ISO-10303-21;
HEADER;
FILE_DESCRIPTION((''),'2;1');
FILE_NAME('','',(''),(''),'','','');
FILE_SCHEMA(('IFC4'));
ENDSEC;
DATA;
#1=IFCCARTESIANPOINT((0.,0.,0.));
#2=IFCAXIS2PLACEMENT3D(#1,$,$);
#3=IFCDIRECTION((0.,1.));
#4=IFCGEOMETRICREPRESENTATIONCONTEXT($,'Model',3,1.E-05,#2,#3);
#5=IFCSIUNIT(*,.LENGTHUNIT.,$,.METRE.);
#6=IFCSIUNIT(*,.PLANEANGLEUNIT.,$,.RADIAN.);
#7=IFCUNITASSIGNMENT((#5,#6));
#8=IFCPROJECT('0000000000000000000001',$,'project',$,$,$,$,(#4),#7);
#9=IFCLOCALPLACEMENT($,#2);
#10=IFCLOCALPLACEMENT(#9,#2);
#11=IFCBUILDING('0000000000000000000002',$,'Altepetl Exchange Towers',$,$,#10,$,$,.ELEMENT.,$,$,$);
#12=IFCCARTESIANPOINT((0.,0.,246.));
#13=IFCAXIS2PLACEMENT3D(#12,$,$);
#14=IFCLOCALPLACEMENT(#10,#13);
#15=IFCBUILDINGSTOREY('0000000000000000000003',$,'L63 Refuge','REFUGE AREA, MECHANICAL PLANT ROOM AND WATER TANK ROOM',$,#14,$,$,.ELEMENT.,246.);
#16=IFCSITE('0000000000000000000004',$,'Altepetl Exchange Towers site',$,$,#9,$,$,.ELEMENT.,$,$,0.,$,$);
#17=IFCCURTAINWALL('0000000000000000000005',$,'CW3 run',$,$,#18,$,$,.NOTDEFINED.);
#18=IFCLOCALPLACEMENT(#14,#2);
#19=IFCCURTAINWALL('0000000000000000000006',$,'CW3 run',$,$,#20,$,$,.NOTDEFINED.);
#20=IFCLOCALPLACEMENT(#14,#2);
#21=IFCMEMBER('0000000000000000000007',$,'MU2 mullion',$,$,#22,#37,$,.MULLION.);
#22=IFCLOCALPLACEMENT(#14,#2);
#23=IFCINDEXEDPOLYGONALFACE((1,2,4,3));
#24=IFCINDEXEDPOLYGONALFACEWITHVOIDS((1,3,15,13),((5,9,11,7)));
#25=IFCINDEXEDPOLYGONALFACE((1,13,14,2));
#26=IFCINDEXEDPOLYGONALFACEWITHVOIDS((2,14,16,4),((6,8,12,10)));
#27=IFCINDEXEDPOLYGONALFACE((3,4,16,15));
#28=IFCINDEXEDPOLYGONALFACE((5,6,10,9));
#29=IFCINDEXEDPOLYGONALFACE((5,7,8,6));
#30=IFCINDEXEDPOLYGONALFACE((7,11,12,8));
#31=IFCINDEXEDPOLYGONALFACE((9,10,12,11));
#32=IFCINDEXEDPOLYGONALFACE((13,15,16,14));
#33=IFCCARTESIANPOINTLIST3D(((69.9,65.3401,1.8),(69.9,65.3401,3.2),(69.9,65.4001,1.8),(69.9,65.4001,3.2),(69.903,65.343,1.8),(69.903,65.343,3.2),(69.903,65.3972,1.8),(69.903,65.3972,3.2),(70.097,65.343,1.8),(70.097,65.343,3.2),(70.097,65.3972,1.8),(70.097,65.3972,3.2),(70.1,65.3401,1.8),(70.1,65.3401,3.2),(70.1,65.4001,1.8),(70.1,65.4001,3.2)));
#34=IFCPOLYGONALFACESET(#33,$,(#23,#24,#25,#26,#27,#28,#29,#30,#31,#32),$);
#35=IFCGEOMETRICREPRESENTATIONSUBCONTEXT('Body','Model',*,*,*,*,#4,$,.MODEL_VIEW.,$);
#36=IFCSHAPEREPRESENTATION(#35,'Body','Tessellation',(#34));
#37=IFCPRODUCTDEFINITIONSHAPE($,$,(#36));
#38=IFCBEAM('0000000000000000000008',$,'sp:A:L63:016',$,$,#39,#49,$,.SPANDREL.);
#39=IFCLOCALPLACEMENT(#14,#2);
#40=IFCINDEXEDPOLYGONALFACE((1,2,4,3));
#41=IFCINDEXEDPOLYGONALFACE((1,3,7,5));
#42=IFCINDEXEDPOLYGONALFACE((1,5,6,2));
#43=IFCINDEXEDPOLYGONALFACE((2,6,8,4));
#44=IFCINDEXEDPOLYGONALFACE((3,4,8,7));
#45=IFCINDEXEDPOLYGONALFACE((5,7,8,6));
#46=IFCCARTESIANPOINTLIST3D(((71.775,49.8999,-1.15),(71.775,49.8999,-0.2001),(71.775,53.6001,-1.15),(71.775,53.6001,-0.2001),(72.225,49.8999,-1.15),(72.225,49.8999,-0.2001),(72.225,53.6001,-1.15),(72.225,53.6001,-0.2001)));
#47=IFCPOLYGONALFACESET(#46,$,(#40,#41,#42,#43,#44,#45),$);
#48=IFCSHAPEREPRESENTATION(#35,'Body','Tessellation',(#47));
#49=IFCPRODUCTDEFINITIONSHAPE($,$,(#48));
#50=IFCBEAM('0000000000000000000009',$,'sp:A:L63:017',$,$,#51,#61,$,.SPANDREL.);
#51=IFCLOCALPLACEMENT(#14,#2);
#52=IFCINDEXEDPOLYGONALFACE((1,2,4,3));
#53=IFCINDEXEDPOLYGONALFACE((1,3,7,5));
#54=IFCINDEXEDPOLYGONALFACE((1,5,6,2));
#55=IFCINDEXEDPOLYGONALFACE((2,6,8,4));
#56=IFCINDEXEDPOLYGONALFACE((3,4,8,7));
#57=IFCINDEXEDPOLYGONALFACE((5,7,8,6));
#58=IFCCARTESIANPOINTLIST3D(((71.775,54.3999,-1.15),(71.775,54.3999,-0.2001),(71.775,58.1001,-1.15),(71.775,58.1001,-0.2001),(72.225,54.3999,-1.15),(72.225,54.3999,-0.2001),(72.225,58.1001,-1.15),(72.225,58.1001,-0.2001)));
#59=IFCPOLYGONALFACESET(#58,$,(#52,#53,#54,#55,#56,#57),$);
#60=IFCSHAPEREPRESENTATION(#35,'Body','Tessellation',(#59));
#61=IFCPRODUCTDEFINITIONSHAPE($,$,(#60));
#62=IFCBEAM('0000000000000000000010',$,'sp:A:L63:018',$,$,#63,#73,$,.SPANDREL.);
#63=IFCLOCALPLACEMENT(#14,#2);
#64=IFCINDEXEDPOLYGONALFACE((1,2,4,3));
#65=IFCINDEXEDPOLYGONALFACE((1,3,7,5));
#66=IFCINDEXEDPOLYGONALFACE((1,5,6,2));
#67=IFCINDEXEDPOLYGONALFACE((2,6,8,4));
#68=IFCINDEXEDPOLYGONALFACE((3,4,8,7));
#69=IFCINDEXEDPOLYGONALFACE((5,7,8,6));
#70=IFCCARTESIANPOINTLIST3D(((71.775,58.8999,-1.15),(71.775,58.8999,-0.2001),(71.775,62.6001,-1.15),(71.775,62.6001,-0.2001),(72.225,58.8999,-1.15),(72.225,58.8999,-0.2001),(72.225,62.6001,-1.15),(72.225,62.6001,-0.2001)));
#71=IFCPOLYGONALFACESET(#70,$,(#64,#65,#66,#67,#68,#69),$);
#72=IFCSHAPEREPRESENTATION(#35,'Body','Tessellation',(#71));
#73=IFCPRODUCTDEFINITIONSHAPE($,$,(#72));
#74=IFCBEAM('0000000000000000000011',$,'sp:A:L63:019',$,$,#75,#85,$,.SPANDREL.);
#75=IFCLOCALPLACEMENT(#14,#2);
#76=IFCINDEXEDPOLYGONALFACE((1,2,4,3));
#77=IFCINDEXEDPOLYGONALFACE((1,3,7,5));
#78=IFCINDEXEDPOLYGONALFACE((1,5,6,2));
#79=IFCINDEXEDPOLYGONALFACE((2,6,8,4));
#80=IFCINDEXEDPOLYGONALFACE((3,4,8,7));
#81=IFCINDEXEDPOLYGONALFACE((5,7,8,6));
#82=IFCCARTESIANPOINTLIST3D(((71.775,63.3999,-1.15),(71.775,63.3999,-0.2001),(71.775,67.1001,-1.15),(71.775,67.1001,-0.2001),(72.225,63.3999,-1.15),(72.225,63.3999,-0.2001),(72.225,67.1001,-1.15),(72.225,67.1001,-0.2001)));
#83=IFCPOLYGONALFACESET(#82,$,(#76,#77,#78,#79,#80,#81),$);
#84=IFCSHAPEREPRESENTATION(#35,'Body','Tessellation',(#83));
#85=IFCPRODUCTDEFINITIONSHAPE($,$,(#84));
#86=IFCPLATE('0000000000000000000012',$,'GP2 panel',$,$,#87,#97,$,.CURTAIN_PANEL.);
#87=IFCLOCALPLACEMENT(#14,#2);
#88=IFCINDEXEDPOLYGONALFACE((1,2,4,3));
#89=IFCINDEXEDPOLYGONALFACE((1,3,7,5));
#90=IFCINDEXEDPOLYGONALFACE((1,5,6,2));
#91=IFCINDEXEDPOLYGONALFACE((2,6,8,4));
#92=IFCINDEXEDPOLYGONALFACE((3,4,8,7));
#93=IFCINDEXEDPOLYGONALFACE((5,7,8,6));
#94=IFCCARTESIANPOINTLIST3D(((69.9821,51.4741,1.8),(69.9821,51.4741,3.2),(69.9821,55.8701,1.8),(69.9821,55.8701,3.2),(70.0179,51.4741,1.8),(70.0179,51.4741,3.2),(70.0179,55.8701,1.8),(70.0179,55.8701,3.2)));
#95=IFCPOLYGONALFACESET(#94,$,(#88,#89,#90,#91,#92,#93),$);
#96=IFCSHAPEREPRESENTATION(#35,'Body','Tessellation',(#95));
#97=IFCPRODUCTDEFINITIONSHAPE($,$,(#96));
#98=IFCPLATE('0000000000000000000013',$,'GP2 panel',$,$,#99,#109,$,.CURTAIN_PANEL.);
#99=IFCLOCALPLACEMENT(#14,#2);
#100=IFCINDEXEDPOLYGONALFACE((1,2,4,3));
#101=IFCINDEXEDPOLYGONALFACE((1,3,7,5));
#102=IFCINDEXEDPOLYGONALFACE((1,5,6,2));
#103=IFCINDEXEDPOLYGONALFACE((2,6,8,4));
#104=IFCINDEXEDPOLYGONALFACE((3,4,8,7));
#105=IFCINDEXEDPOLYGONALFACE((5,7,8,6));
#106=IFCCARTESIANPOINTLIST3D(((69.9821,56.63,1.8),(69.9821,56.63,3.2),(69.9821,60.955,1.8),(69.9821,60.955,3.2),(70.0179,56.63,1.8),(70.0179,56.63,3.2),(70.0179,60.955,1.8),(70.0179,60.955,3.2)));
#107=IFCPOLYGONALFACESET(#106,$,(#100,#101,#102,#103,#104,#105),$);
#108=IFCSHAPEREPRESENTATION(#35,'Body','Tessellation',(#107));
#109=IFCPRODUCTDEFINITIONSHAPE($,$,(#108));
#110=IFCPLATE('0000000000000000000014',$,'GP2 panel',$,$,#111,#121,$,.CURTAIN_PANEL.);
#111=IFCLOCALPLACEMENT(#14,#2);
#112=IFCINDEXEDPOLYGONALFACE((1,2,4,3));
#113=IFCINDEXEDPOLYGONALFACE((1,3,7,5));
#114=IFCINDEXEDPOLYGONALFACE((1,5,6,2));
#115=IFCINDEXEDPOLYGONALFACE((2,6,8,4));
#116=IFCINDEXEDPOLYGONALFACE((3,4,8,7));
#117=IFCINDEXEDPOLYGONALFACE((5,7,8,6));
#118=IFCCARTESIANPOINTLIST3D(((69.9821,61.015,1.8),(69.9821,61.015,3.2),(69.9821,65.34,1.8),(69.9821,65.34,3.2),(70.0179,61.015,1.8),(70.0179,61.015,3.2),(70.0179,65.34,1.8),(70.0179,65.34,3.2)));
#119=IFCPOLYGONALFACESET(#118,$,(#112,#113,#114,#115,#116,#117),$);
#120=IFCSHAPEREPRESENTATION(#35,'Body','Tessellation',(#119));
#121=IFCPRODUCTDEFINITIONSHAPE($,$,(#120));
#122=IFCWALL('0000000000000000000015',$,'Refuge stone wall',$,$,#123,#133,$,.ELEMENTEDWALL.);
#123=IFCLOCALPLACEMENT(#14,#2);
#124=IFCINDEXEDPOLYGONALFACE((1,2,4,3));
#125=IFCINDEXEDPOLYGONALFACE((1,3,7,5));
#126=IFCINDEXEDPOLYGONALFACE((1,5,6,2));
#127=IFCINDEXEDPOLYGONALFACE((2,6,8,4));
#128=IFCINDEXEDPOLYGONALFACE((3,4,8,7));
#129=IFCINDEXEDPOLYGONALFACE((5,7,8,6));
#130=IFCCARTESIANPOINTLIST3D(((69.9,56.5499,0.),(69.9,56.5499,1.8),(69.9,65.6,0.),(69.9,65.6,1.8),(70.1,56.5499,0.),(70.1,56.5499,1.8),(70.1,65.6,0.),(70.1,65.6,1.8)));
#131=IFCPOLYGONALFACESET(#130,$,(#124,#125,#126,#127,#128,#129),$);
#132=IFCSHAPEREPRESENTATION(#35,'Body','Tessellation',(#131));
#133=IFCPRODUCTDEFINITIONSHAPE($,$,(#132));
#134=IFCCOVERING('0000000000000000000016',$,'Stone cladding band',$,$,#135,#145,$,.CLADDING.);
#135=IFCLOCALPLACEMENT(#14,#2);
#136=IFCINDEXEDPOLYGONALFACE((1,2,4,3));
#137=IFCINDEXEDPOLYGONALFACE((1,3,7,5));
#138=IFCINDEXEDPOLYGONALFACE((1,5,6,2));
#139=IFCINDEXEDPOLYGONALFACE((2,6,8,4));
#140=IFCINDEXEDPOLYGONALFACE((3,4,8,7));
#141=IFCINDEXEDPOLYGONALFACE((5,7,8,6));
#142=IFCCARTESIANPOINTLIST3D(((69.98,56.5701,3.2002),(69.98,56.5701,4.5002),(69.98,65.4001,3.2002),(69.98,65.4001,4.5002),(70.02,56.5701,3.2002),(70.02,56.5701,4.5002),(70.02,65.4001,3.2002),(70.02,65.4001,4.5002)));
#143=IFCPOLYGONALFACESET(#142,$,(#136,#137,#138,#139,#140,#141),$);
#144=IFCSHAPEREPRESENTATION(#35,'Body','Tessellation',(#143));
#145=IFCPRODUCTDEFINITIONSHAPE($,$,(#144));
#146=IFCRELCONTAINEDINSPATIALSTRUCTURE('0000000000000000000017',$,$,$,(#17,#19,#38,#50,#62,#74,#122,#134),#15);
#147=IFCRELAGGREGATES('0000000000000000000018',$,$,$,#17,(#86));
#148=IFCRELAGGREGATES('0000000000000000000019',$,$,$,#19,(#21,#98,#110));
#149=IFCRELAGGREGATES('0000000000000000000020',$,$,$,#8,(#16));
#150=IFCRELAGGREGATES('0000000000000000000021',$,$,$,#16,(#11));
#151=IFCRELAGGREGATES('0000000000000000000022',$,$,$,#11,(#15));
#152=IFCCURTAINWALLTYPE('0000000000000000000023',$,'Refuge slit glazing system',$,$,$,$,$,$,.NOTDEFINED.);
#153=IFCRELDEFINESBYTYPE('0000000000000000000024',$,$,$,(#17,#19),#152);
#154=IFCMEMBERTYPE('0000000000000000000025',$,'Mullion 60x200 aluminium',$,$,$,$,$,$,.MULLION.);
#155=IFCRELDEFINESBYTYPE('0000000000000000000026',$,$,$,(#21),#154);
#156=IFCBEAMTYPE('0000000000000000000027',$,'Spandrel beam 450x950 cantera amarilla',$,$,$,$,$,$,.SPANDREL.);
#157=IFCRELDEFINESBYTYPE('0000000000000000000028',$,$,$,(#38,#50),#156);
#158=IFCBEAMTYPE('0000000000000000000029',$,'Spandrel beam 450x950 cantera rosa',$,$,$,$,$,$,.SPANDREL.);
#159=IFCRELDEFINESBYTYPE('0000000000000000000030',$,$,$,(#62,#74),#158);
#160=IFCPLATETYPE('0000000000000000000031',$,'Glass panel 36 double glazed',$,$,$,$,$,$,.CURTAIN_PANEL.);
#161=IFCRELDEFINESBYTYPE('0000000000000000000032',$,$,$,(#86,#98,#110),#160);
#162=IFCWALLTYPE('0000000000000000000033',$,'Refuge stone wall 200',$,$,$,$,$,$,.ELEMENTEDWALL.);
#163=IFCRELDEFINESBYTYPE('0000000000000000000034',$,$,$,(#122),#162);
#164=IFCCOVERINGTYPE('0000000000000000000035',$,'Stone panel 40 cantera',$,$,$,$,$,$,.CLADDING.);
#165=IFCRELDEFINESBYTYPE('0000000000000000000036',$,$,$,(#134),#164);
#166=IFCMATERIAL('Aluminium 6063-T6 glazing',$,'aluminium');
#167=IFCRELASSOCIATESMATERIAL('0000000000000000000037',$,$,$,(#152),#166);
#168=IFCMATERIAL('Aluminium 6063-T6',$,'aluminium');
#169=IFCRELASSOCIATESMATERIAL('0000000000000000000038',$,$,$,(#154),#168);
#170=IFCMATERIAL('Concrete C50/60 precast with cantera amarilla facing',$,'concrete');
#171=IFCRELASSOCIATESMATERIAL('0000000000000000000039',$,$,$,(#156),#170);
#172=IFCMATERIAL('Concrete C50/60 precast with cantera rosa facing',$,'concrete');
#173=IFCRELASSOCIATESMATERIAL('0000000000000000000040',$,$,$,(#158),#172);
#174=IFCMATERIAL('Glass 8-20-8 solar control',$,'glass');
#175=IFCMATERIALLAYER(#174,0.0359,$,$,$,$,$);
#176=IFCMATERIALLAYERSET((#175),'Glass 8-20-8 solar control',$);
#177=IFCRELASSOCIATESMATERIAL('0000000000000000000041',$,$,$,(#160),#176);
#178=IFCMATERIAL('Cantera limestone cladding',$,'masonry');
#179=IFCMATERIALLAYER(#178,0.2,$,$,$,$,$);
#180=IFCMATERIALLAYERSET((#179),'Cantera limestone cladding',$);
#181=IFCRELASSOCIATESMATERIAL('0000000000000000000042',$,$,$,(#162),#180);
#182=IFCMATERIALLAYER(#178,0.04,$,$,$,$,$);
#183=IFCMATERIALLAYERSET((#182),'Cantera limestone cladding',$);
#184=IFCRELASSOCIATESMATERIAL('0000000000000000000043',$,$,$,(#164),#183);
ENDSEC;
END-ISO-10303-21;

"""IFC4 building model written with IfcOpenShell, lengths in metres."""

from ifc_helpers import new_model, si_unit, direction, frame, frame_2d, origin, origin_2d, place, context, subcontext, project, spatial, rectangle, hollow_rectangle, extrude, material, layer, layer_set, material_profile, profile_set, type_object, element, aggregate, save


model = new_model("IFC4")

# Units and contexts
model_context = context("Model", 3, precision=1e-05, world=origin(), true_north=direction((0.0, 1.0)))
body_context = subcontext(model_context, "Body", "Model", "MODEL_VIEW")
ifc_project = project(units=[si_unit("LENGTHUNIT", "METRE"), si_unit("PLANEANGLEUNIT", "RADIAN")], contexts=[model_context])

# Site, building, storey
site_placement = place(None, origin())
site = spatial("IfcSite", under=ifc_project, at=site_placement, Name="Altepetl Exchange Towers site", CompositionType="ELEMENT", RefElevation=0.0)
building_placement = place(site_placement, origin())
building = spatial("IfcBuilding", under=site, at=building_placement, Name="Altepetl Exchange Towers", CompositionType="ELEMENT")
storey_placement = place(building_placement, frame((0.0, 0.0, 246.0)))
storey = spatial("IfcBuildingStorey", under=building, at=storey_placement, Name="L63 Refuge", Description="REFUGE AREA, MECHANICAL PLANT ROOM AND WATER TANK ROOM", CompositionType="ELEMENT", Elevation=246.0)

# Curtain walls, member
ifc_material_1 = material(Name="Aluminium 6063-T6 glazing", Category="aluminium")
curtain_wall_type = type_object("IfcCurtainWallType", Name="Refuge slit glazing system", PredefinedType="NOTDEFINED", material=ifc_material_1)
curtain_wall_1_placement = place(storey_placement, origin())
curtain_wall_1 = element("IfcCurtainWall", 1, at=curtain_wall_1_placement, inside=storey, type_object=curtain_wall_type, Name="CW3 run", PredefinedType="NOTDEFINED")
ifc_material_2 = material(Name="Aluminium 6063-T6", Category="aluminium")
ifc_material_profile_1 = material_profile(ifc_material_2, hollow_rectangle(XDim=0.0601, YDim=0.2, WallThickness=0.0029, at=origin_2d()), Name="Mullion 60x200 aluminium")
ifc_profile_set_1 = profile_set([ifc_material_profile_1], Name="Aluminium 6063-T6")
member_type_1 = type_object("IfcMemberType", Name="Mullion 60x200 aluminium", PredefinedType="MULLION", material=ifc_profile_set_1)
curtain_wall_2_placement = place(storey_placement, origin())
curtain_wall_2 = element("IfcCurtainWall", 2, at=curtain_wall_2_placement, inside=storey, type_object=curtain_wall_type, Name="CW3 run", PredefinedType="NOTDEFINED")
member_1_placement = place(storey_placement, frame((70.0, 65.3701, 1.8), z_axis=(0.0, 0.0, 1.0), x_axis=(0.0, 1.0, 0.0)))
member_1 = element("IfcMember", 3, at=member_1_placement, type_object=member_type_1, Name="MU2 mullion", PredefinedType="MULLION", context=body_context, shape_type="SweptSolid", body=[
    extrude(hollow_rectangle(XDim=0.0601, YDim=0.2, WallThickness=0.0029, at=origin_2d()), origin(), (0.0, 0.0, 1.0), 1.3999),
])

# Beams
ifc_material_3 = material(Name="Concrete C50/60 precast with cantera amarilla facing", Category="concrete")
ifc_material_profile_2 = material_profile(ifc_material_3, rectangle(XDim=0.45, YDim=0.95, at=origin_2d()), Name="450 x 950")
ifc_profile_set_2 = profile_set([ifc_material_profile_2], Name="Concrete C50/60 precast with cantera amarilla facing")
beam_type_1 = type_object("IfcBeamType", Name="Spandrel beam 450x950 cantera amarilla", PredefinedType="SPANDREL", material=ifc_profile_set_2)
for number, where, z_axis, x_axis, name in (
    (4, (72.0, 49.8999, -0.675), (0.0, 1.0, 0.0), (-1.0, 0.0, 0.0), "sp:A:L63:016"),
    (5, (72.0, 54.3999, -0.675), (0.0, 1.0, 0.0), (-1.0, 0.0, 0.0), "sp:A:L63:017"),
):
    element("IfcBeam", number, at=place(storey_placement, frame(where, z_axis=z_axis, x_axis=x_axis)), inside=storey, type_object=beam_type_1, Name=name, PredefinedType="SPANDREL", context=body_context, shape_type="SweptSolid", body=[
        extrude(rectangle(XDim=0.45, YDim=0.95, at=origin_2d()), origin(), (0.0, 0.0, 1.0), 3.7002),
    ])
ifc_material_4 = material(Name="Concrete C50/60 precast with cantera rosa facing", Category="concrete")
ifc_material_profile_3 = material_profile(ifc_material_4, rectangle(XDim=0.45, YDim=0.95, at=origin_2d()), Name="450 x 950")
ifc_profile_set_3 = profile_set([ifc_material_profile_3], Name="Concrete C50/60 precast with cantera rosa facing")
beam_type_2 = type_object("IfcBeamType", Name="Spandrel beam 450x950 cantera rosa", PredefinedType="SPANDREL", material=ifc_profile_set_3)
for number, where, z_axis, x_axis, name in (
    (6, (72.0, 58.8999, -0.675), (0.0, 1.0, 0.0), (-1.0, 0.0, 0.0), "sp:A:L63:018"),
    (7, (72.0, 63.3999, -0.675), (0.0, 1.0, 0.0), (-1.0, 0.0, 0.0), "sp:A:L63:019"),
):
    element("IfcBeam", number, at=place(storey_placement, frame(where, z_axis=z_axis, x_axis=x_axis)), inside=storey, type_object=beam_type_2, Name=name, PredefinedType="SPANDREL", context=body_context, shape_type="SweptSolid", body=[
        extrude(rectangle(XDim=0.45, YDim=0.95, at=origin_2d()), origin(), (0.0, 0.0, 1.0), 3.7002),
    ])

# Plates
ifc_material_5 = material(Name="Glass 8-20-8 solar control", Category="glass")
ifc_layer_1 = layer(ifc_material_5, 0.0359)
ifc_layer_set_1 = layer_set([ifc_layer_1], Name="Glass 8-20-8 solar control")
plate_type = type_object("IfcPlateType", Name="Glass panel 36 double glazed", PredefinedType="CURTAIN_PANEL", material=ifc_layer_set_1)
plate_1_placement = place(storey_placement, frame((70.0, 53.6721, 1.8), z_axis=(0.0, 0.0, 1.0), x_axis=(0.0, 1.0, 0.0)))
plate_1 = element("IfcPlate", 8, at=plate_1_placement, type_object=plate_type, Name="GP2 panel", PredefinedType="CURTAIN_PANEL", context=body_context, shape_type="SweptSolid", body=[
    extrude(rectangle(XDim=4.396, YDim=0.0359, at=origin_2d()), origin(), (0.0, 0.0, 1.0), 1.3999),
])
aggregate(curtain_wall_1, [plate_1])
plate_2_placement = place(storey_placement, frame((70.0, 58.7925, 1.8), z_axis=(0.0, 0.0, 1.0), x_axis=(0.0, 1.0, 0.0)))
plate_2 = element("IfcPlate", 9, at=plate_2_placement, type_object=plate_type, Name="GP2 panel", PredefinedType="CURTAIN_PANEL", context=body_context, shape_type="SweptSolid", body=[
    extrude(rectangle(XDim=4.325, YDim=0.0359, at=origin_2d()), origin(), (0.0, 0.0, 1.0), 1.3999),
])
plate_3_placement = place(storey_placement, frame((70.0, 63.1775, 1.8), z_axis=(0.0, 0.0, 1.0), x_axis=(0.0, 1.0, 0.0)))
plate_3 = element("IfcPlate", 10, at=plate_3_placement, type_object=plate_type, Name="GP2 panel", PredefinedType="CURTAIN_PANEL", context=body_context, shape_type="SweptSolid", body=[
    extrude(rectangle(XDim=4.325, YDim=0.0359, at=origin_2d()), origin(), (0.0, 0.0, 1.0), 1.3999),
])
aggregate(curtain_wall_2, [member_1, plate_2, plate_3])

# Wall
ifc_material_6 = material(Name="Cantera limestone cladding", Category="masonry")
ifc_layer_2 = layer(ifc_material_6, 0.2)
ifc_layer_set_2 = layer_set([ifc_layer_2], Name="Cantera limestone cladding")
wall_type = type_object("IfcWallType", Name="Refuge stone wall 200", PredefinedType="ELEMENTEDWALL", material=ifc_layer_set_2)
wall_placement = place(storey_placement, frame((70.0, 56.55, 0.0), z_axis=(0.0, 0.0, 1.0), x_axis=(0.0, 1.0, 0.0)))
element("IfcWall", 11, at=wall_placement, inside=storey, type_object=wall_type, Name="Refuge stone wall", PredefinedType="ELEMENTEDWALL", context=body_context, shape_type="SweptSolid", body=[
    extrude(rectangle(XDim=9.05, YDim=0.2, at=frame_2d((4.5249, 0.0))), origin(), (0.0, 0.0, 1.0), 1.8),
])

# Covering
ifc_layer_3 = layer(ifc_material_6, 0.04)
ifc_layer_set_3 = layer_set([ifc_layer_3], Name="Cantera limestone cladding")
covering_type = type_object("IfcCoveringType", Name="Stone panel 40 cantera", PredefinedType="CLADDING", material=ifc_layer_set_3)
covering_placement = place(storey_placement, frame((70.0, 60.9851, 3.2002), z_axis=(0.0, 0.0, 1.0), x_axis=(0.0, 1.0, 0.0)))
element("IfcCovering", 12, at=covering_placement, inside=storey, type_object=covering_type, Name="Stone cladding band", PredefinedType="CLADDING", context=body_context, shape_type="SweptSolid", body=[
    extrude(rectangle(XDim=8.8301, YDim=0.04, at=origin_2d()), origin(), (0.0, 0.0, 1.0), 1.3),
])

save(model, "model.ifc")
